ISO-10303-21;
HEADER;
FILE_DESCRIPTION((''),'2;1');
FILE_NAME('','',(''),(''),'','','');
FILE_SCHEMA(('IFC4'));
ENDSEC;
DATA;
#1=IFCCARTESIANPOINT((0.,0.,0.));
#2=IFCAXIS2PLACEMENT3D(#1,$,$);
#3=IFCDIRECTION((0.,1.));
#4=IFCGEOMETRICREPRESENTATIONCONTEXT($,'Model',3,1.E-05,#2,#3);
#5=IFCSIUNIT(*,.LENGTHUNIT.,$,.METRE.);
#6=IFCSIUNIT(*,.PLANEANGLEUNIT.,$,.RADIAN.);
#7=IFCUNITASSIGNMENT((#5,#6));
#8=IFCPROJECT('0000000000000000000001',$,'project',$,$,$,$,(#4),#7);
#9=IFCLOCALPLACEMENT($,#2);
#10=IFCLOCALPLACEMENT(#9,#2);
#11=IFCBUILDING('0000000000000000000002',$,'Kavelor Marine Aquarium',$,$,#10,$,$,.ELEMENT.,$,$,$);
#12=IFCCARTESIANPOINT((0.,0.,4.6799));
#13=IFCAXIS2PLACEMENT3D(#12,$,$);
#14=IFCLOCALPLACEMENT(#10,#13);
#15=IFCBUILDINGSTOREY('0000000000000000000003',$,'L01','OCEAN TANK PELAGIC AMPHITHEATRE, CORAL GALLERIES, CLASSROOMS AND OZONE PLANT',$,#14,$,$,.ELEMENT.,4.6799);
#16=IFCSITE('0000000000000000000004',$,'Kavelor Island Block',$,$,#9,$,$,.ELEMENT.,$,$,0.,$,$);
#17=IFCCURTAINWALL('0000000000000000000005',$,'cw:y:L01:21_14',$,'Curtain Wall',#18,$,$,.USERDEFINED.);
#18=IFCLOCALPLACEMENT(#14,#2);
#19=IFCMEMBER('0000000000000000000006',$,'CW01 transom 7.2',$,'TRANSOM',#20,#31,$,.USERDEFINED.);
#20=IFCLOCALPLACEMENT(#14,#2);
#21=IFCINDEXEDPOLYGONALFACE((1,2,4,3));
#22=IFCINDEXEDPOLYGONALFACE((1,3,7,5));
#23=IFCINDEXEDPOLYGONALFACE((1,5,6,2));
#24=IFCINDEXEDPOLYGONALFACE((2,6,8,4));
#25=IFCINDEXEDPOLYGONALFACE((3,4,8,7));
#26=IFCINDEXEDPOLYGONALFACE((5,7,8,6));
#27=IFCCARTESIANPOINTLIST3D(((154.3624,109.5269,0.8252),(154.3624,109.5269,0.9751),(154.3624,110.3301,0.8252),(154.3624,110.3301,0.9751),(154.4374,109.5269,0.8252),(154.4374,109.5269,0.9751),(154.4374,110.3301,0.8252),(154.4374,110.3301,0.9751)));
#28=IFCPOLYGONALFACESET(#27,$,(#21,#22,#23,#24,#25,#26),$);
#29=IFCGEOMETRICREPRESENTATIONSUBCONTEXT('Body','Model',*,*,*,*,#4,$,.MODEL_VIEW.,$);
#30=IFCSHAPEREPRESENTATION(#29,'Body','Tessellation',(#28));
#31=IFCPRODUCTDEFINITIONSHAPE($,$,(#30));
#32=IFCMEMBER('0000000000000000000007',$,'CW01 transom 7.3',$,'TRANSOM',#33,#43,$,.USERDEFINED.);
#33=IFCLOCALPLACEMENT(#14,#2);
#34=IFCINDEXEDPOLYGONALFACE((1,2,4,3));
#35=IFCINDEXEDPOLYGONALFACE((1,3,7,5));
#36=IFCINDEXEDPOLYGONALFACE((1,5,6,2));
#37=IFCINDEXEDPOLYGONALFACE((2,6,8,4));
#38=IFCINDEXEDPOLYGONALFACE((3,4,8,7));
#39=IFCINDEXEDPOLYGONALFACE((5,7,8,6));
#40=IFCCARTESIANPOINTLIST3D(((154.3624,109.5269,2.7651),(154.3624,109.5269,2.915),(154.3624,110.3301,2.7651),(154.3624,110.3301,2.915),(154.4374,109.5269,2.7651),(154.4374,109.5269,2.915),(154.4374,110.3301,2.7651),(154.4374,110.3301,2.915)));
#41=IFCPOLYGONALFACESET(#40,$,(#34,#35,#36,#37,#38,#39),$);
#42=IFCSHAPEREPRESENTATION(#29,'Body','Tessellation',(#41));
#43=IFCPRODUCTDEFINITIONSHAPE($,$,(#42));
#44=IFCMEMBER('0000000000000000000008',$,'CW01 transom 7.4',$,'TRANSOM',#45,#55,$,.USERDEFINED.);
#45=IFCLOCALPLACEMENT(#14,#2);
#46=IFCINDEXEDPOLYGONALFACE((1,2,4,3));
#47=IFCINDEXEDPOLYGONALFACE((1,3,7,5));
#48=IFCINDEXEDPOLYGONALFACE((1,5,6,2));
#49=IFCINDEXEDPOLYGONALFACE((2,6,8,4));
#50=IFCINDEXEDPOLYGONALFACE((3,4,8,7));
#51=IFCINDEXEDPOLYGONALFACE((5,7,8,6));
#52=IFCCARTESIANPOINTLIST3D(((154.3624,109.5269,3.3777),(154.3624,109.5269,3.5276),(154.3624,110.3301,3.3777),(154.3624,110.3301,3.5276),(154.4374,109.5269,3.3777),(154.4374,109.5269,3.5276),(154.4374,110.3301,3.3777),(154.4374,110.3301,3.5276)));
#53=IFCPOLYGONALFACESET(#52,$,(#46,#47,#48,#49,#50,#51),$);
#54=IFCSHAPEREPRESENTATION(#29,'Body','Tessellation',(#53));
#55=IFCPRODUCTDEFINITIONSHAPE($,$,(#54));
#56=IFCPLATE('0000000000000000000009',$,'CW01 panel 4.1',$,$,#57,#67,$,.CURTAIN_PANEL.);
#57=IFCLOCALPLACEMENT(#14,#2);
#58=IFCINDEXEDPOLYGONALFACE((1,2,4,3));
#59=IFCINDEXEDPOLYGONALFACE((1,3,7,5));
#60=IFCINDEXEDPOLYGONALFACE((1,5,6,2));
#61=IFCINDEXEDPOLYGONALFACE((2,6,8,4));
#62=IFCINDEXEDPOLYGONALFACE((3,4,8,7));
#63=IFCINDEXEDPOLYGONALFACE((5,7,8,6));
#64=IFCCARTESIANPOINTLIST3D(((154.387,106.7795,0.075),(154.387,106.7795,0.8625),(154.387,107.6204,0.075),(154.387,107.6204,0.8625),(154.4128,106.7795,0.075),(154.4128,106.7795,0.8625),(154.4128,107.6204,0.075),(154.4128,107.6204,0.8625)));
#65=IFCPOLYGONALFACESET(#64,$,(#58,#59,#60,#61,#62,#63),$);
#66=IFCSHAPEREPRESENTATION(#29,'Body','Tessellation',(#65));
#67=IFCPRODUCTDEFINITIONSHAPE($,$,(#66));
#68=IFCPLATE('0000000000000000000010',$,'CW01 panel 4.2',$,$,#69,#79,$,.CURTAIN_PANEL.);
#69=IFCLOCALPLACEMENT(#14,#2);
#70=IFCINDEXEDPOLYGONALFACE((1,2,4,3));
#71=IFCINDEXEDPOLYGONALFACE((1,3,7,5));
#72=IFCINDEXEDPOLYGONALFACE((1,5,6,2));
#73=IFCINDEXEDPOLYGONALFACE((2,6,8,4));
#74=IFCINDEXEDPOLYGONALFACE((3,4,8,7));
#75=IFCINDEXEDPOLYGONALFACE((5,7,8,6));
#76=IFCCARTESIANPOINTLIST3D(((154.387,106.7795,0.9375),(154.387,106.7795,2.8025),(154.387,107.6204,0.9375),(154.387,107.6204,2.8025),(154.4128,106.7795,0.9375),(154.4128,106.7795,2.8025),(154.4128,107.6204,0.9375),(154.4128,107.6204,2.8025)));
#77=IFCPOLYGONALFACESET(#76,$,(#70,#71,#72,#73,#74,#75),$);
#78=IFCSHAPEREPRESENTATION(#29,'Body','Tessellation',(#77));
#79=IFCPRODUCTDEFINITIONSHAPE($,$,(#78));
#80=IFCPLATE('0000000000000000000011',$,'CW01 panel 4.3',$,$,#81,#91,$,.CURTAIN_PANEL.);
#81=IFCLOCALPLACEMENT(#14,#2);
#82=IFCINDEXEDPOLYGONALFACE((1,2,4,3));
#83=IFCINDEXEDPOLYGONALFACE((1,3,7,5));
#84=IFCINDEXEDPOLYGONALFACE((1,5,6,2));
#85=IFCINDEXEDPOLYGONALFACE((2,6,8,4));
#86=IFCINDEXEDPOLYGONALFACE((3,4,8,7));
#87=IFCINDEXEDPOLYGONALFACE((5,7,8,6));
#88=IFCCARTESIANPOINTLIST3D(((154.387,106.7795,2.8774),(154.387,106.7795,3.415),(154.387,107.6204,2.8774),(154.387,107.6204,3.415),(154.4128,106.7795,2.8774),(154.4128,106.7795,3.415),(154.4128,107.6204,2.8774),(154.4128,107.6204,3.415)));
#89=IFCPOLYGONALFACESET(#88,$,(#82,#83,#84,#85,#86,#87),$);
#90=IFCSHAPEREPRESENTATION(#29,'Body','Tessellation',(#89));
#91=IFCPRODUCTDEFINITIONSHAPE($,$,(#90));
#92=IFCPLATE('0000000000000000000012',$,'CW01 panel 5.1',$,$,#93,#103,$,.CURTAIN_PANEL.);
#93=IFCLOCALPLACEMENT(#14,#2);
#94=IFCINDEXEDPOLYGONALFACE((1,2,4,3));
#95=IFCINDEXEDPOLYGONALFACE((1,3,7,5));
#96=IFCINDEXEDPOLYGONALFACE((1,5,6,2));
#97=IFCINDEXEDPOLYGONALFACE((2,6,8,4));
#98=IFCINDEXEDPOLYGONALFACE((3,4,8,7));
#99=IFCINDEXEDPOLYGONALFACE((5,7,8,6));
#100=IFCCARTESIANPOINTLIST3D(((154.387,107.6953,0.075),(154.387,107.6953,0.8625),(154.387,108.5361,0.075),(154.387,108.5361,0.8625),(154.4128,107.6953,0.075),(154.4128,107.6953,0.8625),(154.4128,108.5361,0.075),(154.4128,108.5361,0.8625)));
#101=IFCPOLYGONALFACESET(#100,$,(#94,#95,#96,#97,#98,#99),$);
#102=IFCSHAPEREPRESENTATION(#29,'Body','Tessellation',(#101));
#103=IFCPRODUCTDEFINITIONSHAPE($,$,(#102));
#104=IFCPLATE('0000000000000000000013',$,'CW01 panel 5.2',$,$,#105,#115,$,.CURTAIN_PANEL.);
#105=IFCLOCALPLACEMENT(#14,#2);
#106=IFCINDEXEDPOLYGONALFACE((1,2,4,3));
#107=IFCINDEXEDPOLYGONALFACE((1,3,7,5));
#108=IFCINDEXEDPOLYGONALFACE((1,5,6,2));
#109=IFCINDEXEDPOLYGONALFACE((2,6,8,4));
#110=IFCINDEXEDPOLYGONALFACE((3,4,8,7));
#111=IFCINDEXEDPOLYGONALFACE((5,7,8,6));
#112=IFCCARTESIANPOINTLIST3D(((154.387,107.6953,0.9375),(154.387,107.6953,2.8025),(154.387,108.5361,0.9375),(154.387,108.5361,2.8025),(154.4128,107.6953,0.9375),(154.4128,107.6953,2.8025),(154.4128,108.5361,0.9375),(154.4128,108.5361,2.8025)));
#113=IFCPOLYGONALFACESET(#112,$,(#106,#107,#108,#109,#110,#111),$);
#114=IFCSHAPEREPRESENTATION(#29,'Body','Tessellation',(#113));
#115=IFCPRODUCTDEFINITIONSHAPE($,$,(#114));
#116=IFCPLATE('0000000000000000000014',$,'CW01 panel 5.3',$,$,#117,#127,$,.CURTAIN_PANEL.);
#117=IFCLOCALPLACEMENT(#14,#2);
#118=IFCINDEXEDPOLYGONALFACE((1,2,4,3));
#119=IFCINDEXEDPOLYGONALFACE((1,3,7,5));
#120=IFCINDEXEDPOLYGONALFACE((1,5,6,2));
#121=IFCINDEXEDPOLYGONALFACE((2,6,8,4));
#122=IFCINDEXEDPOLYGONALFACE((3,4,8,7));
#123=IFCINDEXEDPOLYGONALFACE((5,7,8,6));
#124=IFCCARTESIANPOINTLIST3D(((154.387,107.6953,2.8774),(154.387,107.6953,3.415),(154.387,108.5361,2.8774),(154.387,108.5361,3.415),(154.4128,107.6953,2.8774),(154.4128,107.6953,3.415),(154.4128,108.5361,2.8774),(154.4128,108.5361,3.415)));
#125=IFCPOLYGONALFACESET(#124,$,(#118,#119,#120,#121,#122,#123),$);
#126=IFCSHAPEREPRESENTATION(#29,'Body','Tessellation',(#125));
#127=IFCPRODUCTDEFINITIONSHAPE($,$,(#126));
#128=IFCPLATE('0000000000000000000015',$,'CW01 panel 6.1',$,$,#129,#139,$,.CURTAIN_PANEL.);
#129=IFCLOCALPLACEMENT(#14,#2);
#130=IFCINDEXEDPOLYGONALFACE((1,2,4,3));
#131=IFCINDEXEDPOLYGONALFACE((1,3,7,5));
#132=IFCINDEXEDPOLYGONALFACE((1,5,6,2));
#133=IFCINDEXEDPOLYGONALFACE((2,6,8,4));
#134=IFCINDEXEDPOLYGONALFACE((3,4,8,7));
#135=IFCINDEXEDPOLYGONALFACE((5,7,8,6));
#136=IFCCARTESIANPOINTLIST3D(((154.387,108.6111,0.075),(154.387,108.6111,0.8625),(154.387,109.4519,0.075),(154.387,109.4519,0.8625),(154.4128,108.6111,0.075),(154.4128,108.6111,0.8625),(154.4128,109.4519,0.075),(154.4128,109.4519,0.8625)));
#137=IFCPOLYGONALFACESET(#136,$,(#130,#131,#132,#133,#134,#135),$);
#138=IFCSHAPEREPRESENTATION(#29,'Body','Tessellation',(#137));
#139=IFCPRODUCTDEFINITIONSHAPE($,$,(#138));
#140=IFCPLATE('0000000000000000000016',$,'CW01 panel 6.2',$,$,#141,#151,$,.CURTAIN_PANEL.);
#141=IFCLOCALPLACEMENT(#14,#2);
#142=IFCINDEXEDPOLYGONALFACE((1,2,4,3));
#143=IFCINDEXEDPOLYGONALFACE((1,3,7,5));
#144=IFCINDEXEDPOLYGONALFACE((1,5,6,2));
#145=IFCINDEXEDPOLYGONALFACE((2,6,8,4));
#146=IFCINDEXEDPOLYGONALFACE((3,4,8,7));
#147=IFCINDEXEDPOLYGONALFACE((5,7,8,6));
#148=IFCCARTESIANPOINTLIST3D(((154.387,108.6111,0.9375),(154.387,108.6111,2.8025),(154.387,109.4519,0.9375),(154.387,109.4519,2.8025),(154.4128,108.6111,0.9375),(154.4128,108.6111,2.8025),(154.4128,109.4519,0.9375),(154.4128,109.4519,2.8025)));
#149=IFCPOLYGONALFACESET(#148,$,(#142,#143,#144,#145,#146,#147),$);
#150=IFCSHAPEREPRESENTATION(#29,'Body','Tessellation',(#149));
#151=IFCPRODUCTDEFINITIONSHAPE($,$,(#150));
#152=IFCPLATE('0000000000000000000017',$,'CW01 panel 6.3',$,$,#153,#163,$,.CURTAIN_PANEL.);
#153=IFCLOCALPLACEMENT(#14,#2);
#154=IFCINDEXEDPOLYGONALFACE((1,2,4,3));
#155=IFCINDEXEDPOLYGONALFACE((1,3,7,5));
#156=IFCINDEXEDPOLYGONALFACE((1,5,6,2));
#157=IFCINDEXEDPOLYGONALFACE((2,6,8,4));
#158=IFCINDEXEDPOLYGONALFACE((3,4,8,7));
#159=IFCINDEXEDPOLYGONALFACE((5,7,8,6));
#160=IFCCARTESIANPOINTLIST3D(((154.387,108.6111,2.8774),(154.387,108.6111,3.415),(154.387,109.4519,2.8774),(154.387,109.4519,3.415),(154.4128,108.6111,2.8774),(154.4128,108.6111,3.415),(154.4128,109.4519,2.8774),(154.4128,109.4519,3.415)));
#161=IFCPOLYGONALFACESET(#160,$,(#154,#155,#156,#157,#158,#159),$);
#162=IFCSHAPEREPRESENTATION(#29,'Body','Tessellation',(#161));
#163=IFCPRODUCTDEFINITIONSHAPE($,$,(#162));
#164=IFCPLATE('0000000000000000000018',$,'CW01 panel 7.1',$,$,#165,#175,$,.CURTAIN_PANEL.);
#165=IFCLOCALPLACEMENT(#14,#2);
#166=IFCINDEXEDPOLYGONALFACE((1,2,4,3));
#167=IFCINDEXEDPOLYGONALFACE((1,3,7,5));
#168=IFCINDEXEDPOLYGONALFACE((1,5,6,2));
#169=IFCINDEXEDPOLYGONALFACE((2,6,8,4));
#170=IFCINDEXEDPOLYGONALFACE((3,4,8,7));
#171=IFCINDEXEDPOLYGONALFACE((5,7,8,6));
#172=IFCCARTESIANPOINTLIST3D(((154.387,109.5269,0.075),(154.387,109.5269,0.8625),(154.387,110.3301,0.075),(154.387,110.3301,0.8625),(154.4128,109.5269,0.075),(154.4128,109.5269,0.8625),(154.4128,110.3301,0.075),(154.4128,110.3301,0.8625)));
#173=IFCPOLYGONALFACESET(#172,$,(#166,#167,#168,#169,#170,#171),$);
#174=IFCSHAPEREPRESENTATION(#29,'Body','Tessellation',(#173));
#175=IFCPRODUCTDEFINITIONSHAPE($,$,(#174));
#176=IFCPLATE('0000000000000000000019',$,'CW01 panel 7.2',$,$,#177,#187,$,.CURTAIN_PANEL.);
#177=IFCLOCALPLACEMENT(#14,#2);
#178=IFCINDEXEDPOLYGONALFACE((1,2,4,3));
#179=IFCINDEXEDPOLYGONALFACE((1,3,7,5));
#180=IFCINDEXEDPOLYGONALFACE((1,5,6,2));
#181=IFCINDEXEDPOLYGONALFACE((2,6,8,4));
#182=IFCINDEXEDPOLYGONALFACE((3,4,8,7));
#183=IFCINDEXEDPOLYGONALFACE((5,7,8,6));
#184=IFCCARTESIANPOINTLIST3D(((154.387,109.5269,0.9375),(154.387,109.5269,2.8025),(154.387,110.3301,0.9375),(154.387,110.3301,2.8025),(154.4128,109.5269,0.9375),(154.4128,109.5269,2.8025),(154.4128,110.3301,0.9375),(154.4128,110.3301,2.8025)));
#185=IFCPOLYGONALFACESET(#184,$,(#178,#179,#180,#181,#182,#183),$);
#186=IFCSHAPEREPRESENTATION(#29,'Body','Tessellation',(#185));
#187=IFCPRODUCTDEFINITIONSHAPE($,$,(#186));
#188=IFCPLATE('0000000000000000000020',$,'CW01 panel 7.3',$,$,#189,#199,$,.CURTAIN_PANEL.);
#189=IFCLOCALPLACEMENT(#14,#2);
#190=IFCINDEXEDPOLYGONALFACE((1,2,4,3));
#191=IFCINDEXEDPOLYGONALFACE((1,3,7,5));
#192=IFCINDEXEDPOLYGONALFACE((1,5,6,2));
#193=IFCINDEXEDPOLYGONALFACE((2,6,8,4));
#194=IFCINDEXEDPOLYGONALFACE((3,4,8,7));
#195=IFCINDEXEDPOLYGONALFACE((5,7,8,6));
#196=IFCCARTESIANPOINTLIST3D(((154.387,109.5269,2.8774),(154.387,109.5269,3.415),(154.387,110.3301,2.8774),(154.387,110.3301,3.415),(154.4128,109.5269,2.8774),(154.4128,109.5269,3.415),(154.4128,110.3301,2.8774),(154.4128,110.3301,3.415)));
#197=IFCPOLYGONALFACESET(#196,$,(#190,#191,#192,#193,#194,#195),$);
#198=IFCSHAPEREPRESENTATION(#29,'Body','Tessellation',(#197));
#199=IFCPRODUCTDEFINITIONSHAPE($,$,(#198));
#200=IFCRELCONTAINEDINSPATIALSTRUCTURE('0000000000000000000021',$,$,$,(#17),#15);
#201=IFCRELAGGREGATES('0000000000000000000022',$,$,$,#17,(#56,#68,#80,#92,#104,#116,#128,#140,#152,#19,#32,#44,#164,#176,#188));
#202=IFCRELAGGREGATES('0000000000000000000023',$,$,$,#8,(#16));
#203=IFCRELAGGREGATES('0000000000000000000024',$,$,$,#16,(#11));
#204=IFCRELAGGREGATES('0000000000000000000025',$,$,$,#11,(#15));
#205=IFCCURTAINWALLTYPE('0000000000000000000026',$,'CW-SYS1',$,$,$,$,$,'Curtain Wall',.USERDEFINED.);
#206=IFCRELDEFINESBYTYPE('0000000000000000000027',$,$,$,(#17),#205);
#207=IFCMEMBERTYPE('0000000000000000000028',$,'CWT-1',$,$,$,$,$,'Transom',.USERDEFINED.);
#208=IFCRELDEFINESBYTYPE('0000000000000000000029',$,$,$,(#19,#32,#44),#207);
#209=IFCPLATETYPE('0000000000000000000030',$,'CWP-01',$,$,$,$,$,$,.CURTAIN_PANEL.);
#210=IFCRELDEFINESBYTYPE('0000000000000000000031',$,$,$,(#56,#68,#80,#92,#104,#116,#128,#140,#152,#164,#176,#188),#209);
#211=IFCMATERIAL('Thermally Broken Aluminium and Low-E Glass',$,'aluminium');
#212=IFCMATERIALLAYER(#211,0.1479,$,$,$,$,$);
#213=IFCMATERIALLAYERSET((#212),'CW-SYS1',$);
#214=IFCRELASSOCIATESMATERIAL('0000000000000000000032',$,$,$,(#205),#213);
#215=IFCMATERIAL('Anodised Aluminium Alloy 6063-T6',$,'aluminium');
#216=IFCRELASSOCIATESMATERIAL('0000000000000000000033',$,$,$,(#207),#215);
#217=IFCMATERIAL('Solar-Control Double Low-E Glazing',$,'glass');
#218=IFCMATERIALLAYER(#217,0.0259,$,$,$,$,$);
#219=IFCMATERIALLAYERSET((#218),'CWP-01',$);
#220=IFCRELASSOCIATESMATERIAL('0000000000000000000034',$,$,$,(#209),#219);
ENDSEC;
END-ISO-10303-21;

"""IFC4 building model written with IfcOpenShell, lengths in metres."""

from ifc_helpers import new_model, si_unit, direction, frame, origin, origin_2d, place, context, subcontext, project, spatial, rectangle, extrude, material, layer, layer_set, material_profile, profile_set, type_object, element, aggregate, save


model = new_model("IFC4")

# Units and contexts
model_context = context("Model", 3, precision=1e-05, world=origin(), true_north=direction((0.0, 1.0)))
body_context = subcontext(model_context, "Body", "Model", "MODEL_VIEW")
ifc_project = project(units=[si_unit("LENGTHUNIT", "METRE"), si_unit("PLANEANGLEUNIT", "RADIAN")], contexts=[model_context])

# Site, building, storey
site_placement = place(None, origin())
site = spatial("IfcSite", under=ifc_project, at=site_placement, Name="Kavelor Island Block", CompositionType="ELEMENT", RefElevation=0.0)
building_placement = place(site_placement, origin())
building = spatial("IfcBuilding", under=site, at=building_placement, Name="Kavelor Marine Aquarium", CompositionType="ELEMENT")
storey_placement = place(building_placement, frame((0.0, 0.0, 4.6799)))
storey = spatial("IfcBuildingStorey", under=building, at=storey_placement, Name="L01", Description="OCEAN TANK PELAGIC AMPHITHEATRE, CORAL GALLERIES, CLASSROOMS AND OZONE PLANT", CompositionType="ELEMENT", Elevation=4.6799)

# Curtain wall, members, plates
ifc_material_1 = material(Name="Thermally Broken Aluminium and Low-E Glass", Category="aluminium")
ifc_layer_1 = layer(ifc_material_1, 0.1479)
ifc_layer_set_1 = layer_set([ifc_layer_1], Name="CW-SYS1")
curtain_wall_type = type_object("IfcCurtainWallType", Name="CW-SYS1", ElementType="Curtain Wall", PredefinedType="USERDEFINED", material=ifc_layer_set_1)
curtain_wall_placement = place(storey_placement, origin())
curtain_wall = element("IfcCurtainWall", 1, at=curtain_wall_placement, inside=storey, type_object=curtain_wall_type, Name="cw:y:L01:21_14", ObjectType="Curtain Wall", PredefinedType="USERDEFINED")
ifc_material_2 = material(Name="Anodised Aluminium Alloy 6063-T6", Category="aluminium")
ifc_material_profile_1 = material_profile(ifc_material_2, rectangle(XDim=0.075, YDim=0.1499, at=origin_2d()), Name="CW-TRN 75x150")
ifc_profile_set_1 = profile_set([ifc_material_profile_1], Name="Anodised Aluminium Alloy 6063-T6")
member_type_1 = type_object("IfcMemberType", Name="CWT-1", ElementType="Transom", PredefinedType="USERDEFINED", material=ifc_profile_set_1)
member_1_placement = place(storey_placement, frame((154.3999, 109.5269, 0.9001), z_axis=(0.0, 1.0, 0.0), x_axis=(-1.0, 0.0, 0.0)))
member_1 = element("IfcMember", 2, at=member_1_placement, type_object=member_type_1, Name="CW01 transom 7.2", ObjectType="TRANSOM", PredefinedType="USERDEFINED", context=body_context, shape_type="SweptSolid", body=[
    extrude(rectangle(XDim=0.075, YDim=0.1499, at=origin_2d()), origin(), (0.0, 0.0, 1.0), 0.8032),
])
member_2_placement = place(storey_placement, frame((154.3999, 109.5269, 2.8401), z_axis=(0.0, 1.0, 0.0), x_axis=(-1.0, 0.0, 0.0)))
member_2 = element("IfcMember", 3, at=member_2_placement, type_object=member_type_1, Name="CW01 transom 7.3", ObjectType="TRANSOM", PredefinedType="USERDEFINED", context=body_context, shape_type="SweptSolid", body=[
    extrude(rectangle(XDim=0.075, YDim=0.1499, at=origin_2d()), origin(), (0.0, 0.0, 1.0), 0.8032),
])
member_3_placement = place(storey_placement, frame((154.3999, 109.5269, 3.4526), z_axis=(0.0, 1.0, 0.0), x_axis=(-1.0, 0.0, 0.0)))
member_3 = element("IfcMember", 4, at=member_3_placement, type_object=member_type_1, Name="CW01 transom 7.4", ObjectType="TRANSOM", PredefinedType="USERDEFINED", context=body_context, shape_type="SweptSolid", body=[
    extrude(rectangle(XDim=0.075, YDim=0.1499, at=origin_2d()), origin(), (0.0, 0.0, 1.0), 0.8032),
])
ifc_material_3 = material(Name="Solar-Control Double Low-E Glazing", Category="glass")
ifc_layer_2 = layer(ifc_material_3, 0.0259)
ifc_layer_set_2 = layer_set([ifc_layer_2], Name="CWP-01")
plate_type = type_object("IfcPlateType", Name="CWP-01", PredefinedType="CURTAIN_PANEL", material=ifc_layer_set_2)
plate_1_placement = place(storey_placement, frame((154.3999, 107.2, 0.075), z_axis=(0.0, 0.0, 1.0), x_axis=(0.0, 1.0, 0.0)))
plate_1 = element("IfcPlate", 5, at=plate_1_placement, type_object=plate_type, Name="CW01 panel 4.1", PredefinedType="CURTAIN_PANEL", context=body_context, shape_type="SweptSolid", body=[
    extrude(rectangle(XDim=0.8408, YDim=0.0259, at=origin_2d()), origin(), (0.0, 0.0, 1.0), 0.7876),
])
plate_2_placement = place(storey_placement, frame((154.3999, 107.2, 0.9375), z_axis=(0.0, 0.0, 1.0), x_axis=(0.0, 1.0, 0.0)))
plate_2 = element("IfcPlate", 6, at=plate_2_placement, type_object=plate_type, Name="CW01 panel 4.2", PredefinedType="CURTAIN_PANEL", context=body_context, shape_type="SweptSolid", body=[
    extrude(rectangle(XDim=0.8408, YDim=0.0259, at=origin_2d()), origin(), (0.0, 0.0, 1.0), 1.865),
])
plate_3_placement = place(storey_placement, frame((154.3999, 107.2, 2.8774), z_axis=(0.0, 0.0, 1.0), x_axis=(0.0, 1.0, 0.0)))
plate_3 = element("IfcPlate", 7, at=plate_3_placement, type_object=plate_type, Name="CW01 panel 4.3", PredefinedType="CURTAIN_PANEL", context=body_context, shape_type="SweptSolid", body=[
    extrude(rectangle(XDim=0.8408, YDim=0.0259, at=origin_2d()), origin(), (0.0, 0.0, 1.0), 0.5376),
])
plate_4_placement = place(storey_placement, frame((154.3999, 108.1157, 0.075), z_axis=(0.0, 0.0, 1.0), x_axis=(0.0, 1.0, 0.0)))
plate_4 = element("IfcPlate", 8, at=plate_4_placement, type_object=plate_type, Name="CW01 panel 5.1", PredefinedType="CURTAIN_PANEL", context=body_context, shape_type="SweptSolid", body=[
    extrude(rectangle(XDim=0.8408, YDim=0.0259, at=origin_2d()), origin(), (0.0, 0.0, 1.0), 0.7876),
])
plate_5_placement = place(storey_placement, frame((154.3999, 108.1157, 0.9375), z_axis=(0.0, 0.0, 1.0), x_axis=(0.0, 1.0, 0.0)))
plate_5 = element("IfcPlate", 9, at=plate_5_placement, type_object=plate_type, Name="CW01 panel 5.2", PredefinedType="CURTAIN_PANEL", context=body_context, shape_type="SweptSolid", body=[
    extrude(rectangle(XDim=0.8408, YDim=0.0259, at=origin_2d()), origin(), (0.0, 0.0, 1.0), 1.865),
])
plate_6_placement = place(storey_placement, frame((154.3999, 108.1157, 2.8774), z_axis=(0.0, 0.0, 1.0), x_axis=(0.0, 1.0, 0.0)))
plate_6 = element("IfcPlate", 10, at=plate_6_placement, type_object=plate_type, Name="CW01 panel 5.3", PredefinedType="CURTAIN_PANEL", context=body_context, shape_type="SweptSolid", body=[
    extrude(rectangle(XDim=0.8408, YDim=0.0259, at=origin_2d()), origin(), (0.0, 0.0, 1.0), 0.5376),
])
plate_7_placement = place(storey_placement, frame((154.3999, 109.0315, 0.075), z_axis=(0.0, 0.0, 1.0), x_axis=(0.0, 1.0, 0.0)))
plate_7 = element("IfcPlate", 11, at=plate_7_placement, type_object=plate_type, Name="CW01 panel 6.1", PredefinedType="CURTAIN_PANEL", context=body_context, shape_type="SweptSolid", body=[
    extrude(rectangle(XDim=0.8408, YDim=0.0259, at=origin_2d()), origin(), (0.0, 0.0, 1.0), 0.7876),
])
plate_8_placement = place(storey_placement, frame((154.3999, 109.0315, 0.9375), z_axis=(0.0, 0.0, 1.0), x_axis=(0.0, 1.0, 0.0)))
plate_8 = element("IfcPlate", 12, at=plate_8_placement, type_object=plate_type, Name="CW01 panel 6.2", PredefinedType="CURTAIN_PANEL", context=body_context, shape_type="SweptSolid", body=[
    extrude(rectangle(XDim=0.8408, YDim=0.0259, at=origin_2d()), origin(), (0.0, 0.0, 1.0), 1.865),
])
plate_9_placement = place(storey_placement, frame((154.3999, 109.0315, 2.8774), z_axis=(0.0, 0.0, 1.0), x_axis=(0.0, 1.0, 0.0)))
plate_9 = element("IfcPlate", 13, at=plate_9_placement, type_object=plate_type, Name="CW01 panel 6.3", PredefinedType="CURTAIN_PANEL", context=body_context, shape_type="SweptSolid", body=[
    extrude(rectangle(XDim=0.8408, YDim=0.0259, at=origin_2d()), origin(), (0.0, 0.0, 1.0), 0.5376),
])
plate_10_placement = place(storey_placement, frame((154.3999, 109.9285, 0.075), z_axis=(0.0, 0.0, 1.0), x_axis=(0.0, 1.0, 0.0)))
plate_10 = element("IfcPlate", 14, at=plate_10_placement, type_object=plate_type, Name="CW01 panel 7.1", PredefinedType="CURTAIN_PANEL", context=body_context, shape_type="SweptSolid", body=[
    extrude(rectangle(XDim=0.8032, YDim=0.0259, at=origin_2d()), origin(), (0.0, 0.0, 1.0), 0.7876),
])
plate_11_placement = place(storey_placement, frame((154.3999, 109.9285, 0.9375), z_axis=(0.0, 0.0, 1.0), x_axis=(0.0, 1.0, 0.0)))
plate_11 = element("IfcPlate", 15, at=plate_11_placement, type_object=plate_type, Name="CW01 panel 7.2", PredefinedType="CURTAIN_PANEL", context=body_context, shape_type="SweptSolid", body=[
    extrude(rectangle(XDim=0.8032, YDim=0.0259, at=origin_2d()), origin(), (0.0, 0.0, 1.0), 1.865),
])
plate_12_placement = place(storey_placement, frame((154.3999, 109.9285, 2.8774), z_axis=(0.0, 0.0, 1.0), x_axis=(0.0, 1.0, 0.0)))
plate_12 = element("IfcPlate", 16, at=plate_12_placement, type_object=plate_type, Name="CW01 panel 7.3", PredefinedType="CURTAIN_PANEL", context=body_context, shape_type="SweptSolid", body=[
    extrude(rectangle(XDim=0.8032, YDim=0.0259, at=origin_2d()), origin(), (0.0, 0.0, 1.0), 0.5376),
])
aggregate(curtain_wall, [plate_1, plate_2, plate_3, plate_4, plate_5, plate_6, plate_7, plate_8, plate_9, member_1, member_2, member_3, plate_10, plate_11, plate_12])

save(model, "model.ifc")
